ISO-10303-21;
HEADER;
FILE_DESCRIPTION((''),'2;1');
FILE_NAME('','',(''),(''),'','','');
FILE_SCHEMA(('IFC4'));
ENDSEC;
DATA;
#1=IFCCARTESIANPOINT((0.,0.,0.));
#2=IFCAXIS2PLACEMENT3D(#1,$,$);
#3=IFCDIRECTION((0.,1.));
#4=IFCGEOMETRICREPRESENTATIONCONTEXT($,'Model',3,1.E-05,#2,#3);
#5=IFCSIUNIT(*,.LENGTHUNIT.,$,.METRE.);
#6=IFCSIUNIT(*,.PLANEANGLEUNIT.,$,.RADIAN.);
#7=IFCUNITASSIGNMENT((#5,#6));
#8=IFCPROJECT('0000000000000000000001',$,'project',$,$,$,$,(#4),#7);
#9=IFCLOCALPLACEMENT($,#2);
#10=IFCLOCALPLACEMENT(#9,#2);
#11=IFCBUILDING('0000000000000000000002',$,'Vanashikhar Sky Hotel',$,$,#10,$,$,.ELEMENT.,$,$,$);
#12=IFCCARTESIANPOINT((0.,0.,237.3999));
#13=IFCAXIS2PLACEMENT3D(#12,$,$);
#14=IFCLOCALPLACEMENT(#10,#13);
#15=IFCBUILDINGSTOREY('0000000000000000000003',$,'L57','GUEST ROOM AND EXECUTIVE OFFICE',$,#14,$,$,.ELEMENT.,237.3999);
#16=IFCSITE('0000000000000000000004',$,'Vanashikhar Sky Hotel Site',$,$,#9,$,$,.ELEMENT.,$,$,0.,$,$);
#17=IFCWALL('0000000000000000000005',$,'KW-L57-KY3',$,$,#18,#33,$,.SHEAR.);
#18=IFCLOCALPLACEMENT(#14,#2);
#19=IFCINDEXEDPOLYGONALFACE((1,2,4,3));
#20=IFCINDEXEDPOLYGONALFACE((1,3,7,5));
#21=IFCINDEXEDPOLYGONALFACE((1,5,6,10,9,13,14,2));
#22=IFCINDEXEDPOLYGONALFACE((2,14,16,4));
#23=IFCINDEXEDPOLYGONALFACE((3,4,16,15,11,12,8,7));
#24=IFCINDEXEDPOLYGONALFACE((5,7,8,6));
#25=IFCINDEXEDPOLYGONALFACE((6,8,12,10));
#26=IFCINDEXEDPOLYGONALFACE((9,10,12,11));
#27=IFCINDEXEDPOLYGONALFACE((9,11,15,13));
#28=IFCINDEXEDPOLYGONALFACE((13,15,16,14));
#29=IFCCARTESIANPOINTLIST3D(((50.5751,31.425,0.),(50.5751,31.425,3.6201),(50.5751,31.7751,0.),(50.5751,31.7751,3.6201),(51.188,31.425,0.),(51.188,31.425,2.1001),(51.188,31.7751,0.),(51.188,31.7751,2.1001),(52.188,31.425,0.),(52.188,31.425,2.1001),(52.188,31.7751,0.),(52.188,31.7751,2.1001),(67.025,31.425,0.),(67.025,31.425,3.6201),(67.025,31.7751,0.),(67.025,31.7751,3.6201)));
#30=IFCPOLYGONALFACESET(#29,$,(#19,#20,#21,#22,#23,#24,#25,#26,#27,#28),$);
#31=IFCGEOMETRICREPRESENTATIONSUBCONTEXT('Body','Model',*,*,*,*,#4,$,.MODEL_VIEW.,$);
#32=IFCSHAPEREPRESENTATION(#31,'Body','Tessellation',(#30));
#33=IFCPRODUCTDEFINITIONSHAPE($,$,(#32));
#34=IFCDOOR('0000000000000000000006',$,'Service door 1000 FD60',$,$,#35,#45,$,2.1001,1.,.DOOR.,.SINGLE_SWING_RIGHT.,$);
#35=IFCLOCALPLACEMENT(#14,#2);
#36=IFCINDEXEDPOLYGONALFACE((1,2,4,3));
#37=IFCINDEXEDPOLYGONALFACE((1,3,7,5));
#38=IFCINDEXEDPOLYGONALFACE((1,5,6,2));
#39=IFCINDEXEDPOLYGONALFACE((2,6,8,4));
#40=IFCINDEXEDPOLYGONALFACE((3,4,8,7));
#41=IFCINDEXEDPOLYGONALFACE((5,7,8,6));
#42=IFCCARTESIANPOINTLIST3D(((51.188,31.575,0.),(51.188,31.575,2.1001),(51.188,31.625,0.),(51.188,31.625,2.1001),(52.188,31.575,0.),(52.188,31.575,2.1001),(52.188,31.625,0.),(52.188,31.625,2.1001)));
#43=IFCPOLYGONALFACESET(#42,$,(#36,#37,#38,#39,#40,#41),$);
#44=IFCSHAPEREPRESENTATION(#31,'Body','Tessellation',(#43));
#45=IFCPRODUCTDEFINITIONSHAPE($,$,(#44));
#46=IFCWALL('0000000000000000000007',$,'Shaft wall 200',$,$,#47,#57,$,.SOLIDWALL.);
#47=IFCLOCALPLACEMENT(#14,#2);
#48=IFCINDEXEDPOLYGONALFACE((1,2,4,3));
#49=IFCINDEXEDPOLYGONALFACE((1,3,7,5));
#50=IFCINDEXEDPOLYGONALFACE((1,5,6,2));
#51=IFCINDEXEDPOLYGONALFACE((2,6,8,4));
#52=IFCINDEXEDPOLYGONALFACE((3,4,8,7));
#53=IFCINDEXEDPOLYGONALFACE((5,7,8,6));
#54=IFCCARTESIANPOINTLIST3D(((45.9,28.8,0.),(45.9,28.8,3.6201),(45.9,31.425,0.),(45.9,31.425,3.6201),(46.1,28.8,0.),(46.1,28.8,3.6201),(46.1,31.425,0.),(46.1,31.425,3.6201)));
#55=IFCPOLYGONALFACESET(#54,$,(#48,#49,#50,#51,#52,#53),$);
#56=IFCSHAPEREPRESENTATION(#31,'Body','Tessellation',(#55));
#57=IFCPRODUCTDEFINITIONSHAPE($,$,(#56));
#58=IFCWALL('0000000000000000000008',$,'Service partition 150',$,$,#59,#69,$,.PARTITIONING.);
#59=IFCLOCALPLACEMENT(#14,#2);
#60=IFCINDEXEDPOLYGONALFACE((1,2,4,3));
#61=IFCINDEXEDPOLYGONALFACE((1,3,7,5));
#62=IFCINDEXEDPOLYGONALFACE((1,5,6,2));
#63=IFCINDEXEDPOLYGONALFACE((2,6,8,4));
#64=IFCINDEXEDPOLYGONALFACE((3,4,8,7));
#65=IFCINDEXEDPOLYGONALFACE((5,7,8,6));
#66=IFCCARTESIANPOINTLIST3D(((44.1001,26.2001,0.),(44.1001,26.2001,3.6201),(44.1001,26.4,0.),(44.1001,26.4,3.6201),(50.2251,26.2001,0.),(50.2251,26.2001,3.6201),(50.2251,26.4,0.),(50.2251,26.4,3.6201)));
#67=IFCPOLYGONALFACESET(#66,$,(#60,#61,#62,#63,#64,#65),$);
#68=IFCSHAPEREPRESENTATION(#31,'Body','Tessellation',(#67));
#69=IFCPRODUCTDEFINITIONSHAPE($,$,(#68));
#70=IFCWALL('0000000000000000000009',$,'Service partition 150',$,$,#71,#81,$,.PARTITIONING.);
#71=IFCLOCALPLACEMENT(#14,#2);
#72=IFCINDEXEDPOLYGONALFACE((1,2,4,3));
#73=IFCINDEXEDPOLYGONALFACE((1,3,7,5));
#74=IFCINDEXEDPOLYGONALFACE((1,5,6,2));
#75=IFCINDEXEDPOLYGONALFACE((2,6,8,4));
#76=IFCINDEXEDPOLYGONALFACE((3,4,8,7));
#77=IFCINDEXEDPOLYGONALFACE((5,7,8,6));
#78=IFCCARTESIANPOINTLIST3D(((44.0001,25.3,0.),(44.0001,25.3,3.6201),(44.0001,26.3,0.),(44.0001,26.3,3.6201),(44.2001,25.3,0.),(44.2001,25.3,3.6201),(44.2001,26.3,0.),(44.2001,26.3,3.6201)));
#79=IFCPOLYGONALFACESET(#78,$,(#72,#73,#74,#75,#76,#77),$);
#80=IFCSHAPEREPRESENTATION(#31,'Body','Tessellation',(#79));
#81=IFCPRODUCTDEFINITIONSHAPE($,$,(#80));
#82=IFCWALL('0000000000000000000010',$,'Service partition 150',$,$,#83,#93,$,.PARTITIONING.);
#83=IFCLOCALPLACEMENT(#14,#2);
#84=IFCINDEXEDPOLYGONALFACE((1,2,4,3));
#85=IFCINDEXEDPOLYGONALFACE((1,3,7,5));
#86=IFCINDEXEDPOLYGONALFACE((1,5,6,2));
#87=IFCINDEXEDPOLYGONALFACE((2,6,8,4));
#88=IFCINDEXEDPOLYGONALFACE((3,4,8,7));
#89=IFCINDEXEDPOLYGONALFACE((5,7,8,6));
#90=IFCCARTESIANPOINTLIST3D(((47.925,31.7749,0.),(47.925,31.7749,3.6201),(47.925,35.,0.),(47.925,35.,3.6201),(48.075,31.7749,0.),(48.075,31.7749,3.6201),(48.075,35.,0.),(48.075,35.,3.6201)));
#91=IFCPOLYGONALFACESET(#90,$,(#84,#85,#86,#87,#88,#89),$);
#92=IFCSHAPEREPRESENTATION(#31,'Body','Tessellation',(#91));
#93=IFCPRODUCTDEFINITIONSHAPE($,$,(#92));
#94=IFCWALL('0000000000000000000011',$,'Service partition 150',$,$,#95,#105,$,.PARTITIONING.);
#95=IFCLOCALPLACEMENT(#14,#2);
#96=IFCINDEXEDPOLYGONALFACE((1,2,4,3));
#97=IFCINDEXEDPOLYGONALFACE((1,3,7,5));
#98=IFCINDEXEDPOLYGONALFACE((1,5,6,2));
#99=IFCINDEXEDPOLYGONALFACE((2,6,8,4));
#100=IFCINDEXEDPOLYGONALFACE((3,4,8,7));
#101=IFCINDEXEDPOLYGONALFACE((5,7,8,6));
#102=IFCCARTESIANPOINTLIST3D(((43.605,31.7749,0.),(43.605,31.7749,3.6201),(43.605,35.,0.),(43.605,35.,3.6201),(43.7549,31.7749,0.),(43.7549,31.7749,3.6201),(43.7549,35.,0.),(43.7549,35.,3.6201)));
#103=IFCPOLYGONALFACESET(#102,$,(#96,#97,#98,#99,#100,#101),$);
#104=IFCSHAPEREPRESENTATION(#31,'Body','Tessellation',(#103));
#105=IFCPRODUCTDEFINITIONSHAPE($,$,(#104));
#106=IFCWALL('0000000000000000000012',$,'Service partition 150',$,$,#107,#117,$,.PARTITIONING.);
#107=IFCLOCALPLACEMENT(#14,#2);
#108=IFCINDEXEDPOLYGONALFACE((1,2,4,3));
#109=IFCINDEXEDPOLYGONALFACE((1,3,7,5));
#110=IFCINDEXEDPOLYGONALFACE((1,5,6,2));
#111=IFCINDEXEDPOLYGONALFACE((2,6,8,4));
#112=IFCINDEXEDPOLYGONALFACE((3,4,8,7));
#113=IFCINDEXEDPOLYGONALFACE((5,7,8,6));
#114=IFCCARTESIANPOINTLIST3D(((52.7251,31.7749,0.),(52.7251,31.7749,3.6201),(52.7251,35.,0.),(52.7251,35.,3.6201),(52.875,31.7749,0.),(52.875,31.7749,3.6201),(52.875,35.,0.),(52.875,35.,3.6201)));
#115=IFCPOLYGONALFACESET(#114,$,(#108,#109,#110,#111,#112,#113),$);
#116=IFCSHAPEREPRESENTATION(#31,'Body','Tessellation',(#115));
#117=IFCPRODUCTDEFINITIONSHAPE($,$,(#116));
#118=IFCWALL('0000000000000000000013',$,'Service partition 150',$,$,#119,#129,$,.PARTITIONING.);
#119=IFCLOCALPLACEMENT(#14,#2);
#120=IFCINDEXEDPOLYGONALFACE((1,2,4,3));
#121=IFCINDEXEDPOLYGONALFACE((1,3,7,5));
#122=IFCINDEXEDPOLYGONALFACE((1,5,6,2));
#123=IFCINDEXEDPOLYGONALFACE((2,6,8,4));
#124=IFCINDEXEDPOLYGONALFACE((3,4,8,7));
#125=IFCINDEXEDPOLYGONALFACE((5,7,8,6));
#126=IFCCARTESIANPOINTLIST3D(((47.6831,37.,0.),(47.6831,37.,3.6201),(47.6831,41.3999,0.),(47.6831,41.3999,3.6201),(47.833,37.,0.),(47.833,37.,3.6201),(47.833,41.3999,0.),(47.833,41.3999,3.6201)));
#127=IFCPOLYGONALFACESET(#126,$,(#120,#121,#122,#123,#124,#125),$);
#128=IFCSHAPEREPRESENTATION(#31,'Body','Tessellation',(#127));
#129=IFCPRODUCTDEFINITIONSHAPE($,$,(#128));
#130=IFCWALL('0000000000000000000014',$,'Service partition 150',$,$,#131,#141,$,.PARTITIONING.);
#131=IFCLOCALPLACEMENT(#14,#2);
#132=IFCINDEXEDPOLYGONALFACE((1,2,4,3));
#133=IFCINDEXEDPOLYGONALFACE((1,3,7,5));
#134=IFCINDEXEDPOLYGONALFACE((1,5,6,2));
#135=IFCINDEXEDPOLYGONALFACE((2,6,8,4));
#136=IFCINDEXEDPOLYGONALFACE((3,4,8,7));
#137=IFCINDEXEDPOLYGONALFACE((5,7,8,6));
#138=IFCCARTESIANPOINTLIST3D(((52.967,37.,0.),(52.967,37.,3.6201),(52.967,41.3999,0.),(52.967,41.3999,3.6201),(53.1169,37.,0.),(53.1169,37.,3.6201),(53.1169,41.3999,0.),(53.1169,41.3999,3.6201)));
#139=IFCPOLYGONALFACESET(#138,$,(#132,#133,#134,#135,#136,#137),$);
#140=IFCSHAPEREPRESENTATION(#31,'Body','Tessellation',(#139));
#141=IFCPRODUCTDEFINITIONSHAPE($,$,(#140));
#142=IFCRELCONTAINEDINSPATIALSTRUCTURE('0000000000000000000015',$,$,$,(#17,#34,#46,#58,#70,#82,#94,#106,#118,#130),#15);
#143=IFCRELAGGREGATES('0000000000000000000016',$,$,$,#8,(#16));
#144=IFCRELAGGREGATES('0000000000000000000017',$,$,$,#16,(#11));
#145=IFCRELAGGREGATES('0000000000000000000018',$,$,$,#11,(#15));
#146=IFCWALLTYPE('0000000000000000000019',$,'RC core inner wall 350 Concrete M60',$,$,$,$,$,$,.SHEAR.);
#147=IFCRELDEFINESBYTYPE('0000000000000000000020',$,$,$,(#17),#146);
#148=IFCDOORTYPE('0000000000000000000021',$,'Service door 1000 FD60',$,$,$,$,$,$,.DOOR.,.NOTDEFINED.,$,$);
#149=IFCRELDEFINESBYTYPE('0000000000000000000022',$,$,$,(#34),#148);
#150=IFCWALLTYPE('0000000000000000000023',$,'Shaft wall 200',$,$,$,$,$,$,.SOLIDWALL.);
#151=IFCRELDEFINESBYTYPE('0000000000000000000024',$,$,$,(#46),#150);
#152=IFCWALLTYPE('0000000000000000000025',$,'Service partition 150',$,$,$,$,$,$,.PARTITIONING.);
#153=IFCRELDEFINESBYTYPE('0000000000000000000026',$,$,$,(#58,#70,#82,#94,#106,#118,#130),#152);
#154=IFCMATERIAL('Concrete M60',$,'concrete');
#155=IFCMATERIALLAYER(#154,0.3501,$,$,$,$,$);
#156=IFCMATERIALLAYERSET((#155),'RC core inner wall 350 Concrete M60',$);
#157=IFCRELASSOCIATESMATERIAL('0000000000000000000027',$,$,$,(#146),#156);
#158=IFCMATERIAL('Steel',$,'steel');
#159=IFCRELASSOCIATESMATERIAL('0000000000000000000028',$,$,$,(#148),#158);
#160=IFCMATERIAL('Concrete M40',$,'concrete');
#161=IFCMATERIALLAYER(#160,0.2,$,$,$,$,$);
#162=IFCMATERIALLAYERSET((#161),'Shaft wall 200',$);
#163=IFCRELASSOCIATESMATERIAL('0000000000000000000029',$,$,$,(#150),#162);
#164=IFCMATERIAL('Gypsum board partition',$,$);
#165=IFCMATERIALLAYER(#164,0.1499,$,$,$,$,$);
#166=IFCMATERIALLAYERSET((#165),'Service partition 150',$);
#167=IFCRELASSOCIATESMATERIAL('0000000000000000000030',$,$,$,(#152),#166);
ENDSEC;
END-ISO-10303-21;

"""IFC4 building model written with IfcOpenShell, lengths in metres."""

from ifc_helpers import new_model, si_unit, direction, frame, frame_2d, origin, place, context, subcontext, project, spatial, rectangle, extrude, source, transform, mapped, material, layer, layer_set, type_object, element, fill, save


model = new_model("IFC4")

# Units and contexts
model_context = context("Model", 3, precision=1e-05, world=origin(), true_north=direction((0.0, 1.0)))
body_context = subcontext(model_context, "Body", "Model", "MODEL_VIEW")
ifc_project = project(units=[si_unit("LENGTHUNIT", "METRE"), si_unit("PLANEANGLEUNIT", "RADIAN")], contexts=[model_context])

# Site, building, storey
site_placement = place(None, origin())
site = spatial("IfcSite", under=ifc_project, at=site_placement, Name="Vanashikhar Sky Hotel Site", CompositionType="ELEMENT", RefElevation=0.0)
building_placement = place(site_placement, origin())
building = spatial("IfcBuilding", under=site, at=building_placement, Name="Vanashikhar Sky Hotel", CompositionType="ELEMENT")
storey_placement = place(building_placement, frame((0.0, 0.0, 237.3999)))
storey = spatial("IfcBuildingStorey", under=building, at=storey_placement, Name="L57", Description="GUEST ROOM AND EXECUTIVE OFFICE", CompositionType="ELEMENT", Elevation=237.3999)

# Wall, opening, door
ifc_material_1 = material(Name="Concrete M60", Category="concrete")
ifc_layer_1 = layer(ifc_material_1, 0.3501)
ifc_layer_set_1 = layer_set([ifc_layer_1], Name="RC core inner wall 350 Concrete M60")
wall_type_1 = type_object("IfcWallType", Name="RC core inner wall 350 Concrete M60", PredefinedType="SHEAR", material=ifc_layer_set_1)
shared_shape_1 = source(origin(), body_context, "Body", "SweptSolid", [
    extrude(rectangle(XDim=16.45, YDim=0.3501, at=frame_2d((8.2251, 0.0))), origin(), (0.0, 0.0, 1.0), 3.6201),
])
wall_1_placement = place(storey_placement, frame((50.575, 31.6001, 0.0), z_axis=(0.0, 0.0, 1.0), x_axis=(1.0, 0.0, 0.0)))
wall_1 = element("IfcWall", 1, at=wall_1_placement, inside=storey, type_object=wall_type_1, Name="KW-L57-KY3", PredefinedType="SHEAR", context=body_context, shape_type="MappedRepresentation", body=[
    mapped(shared_shape_1, transform((0.0, 0.0, 0.0), scale=1.0)),
])
shared_shape_2 = source(origin(), body_context, "Body", "SweptSolid", [
    extrude(rectangle(XDim=1.0, YDim=2.1001, at=frame_2d((0.5, 1.05))), frame((0.0, 0.1851, 0.0), z_axis=(0.0, -1.0, 0.0), x_axis=(1.0, 0.0, 0.0)), (0.0, 0.0, 1.0), 0.3701),
])
opening_placement = place(wall_1_placement, frame((0.613, 0.0, 0.0)))
opening = element("IfcOpeningElement", 2, at=opening_placement, cuts=wall_1, PredefinedType="OPENING", context=body_context, shape_type="MappedRepresentation", body=[
    mapped(shared_shape_2, transform((0.0, 0.0, 0.0), scale=1.0)),
])
ifc_material_2 = material(Name="Steel", Category="steel")
door_type = type_object("IfcDoorType", Name="Service door 1000 FD60", OperationType="NOTDEFINED", PredefinedType="DOOR", material=ifc_material_2)
shared_shape_3 = source(origin(), body_context, "Body", "SweptSolid", [
    extrude(rectangle(XDim=1.0, YDim=2.1001, at=frame_2d((0.5, 1.05))), frame((0.0, 0.0249, 0.0), z_axis=(0.0, -1.0, 0.0), x_axis=(1.0, 0.0, 0.0)), (0.0, 0.0, 1.0), 0.05),
])
door_placement = place(opening_placement, origin())
door = element("IfcDoor", 3, at=door_placement, inside=storey, type_object=door_type, Name="Service door 1000 FD60", OperationType="SINGLE_SWING_RIGHT", OverallHeight=2.1001, OverallWidth=1.0, PredefinedType="DOOR", context=body_context, shape_type="MappedRepresentation", body=[
    mapped(shared_shape_3, transform((0.0, 0.0, 0.0), scale=1.0)),
])
fill(opening, door)

# Walls
ifc_material_3 = material(Name="Concrete M40", Category="concrete")
ifc_layer_2 = layer(ifc_material_3, 0.2)
ifc_layer_set_2 = layer_set([ifc_layer_2], Name="Shaft wall 200")
wall_type_2 = type_object("IfcWallType", Name="Shaft wall 200", PredefinedType="SOLIDWALL", material=ifc_layer_set_2)
shared_shape_4 = source(origin(), body_context, "Body", "SweptSolid", [
    extrude(rectangle(XDim=2.625, YDim=0.2, at=frame_2d((1.3125, 0.0))), origin(), (0.0, 0.0, 1.0), 3.6201),
])
wall_2_placement = place(storey_placement, frame((46.0, 28.8, 0.0), z_axis=(0.0, 0.0, 1.0), x_axis=(0.0, 1.0, 0.0)))
element("IfcWall", 4, at=wall_2_placement, inside=storey, type_object=wall_type_2, Name="Shaft wall 200", PredefinedType="SOLIDWALL", context=body_context, shape_type="MappedRepresentation", body=[
    mapped(shared_shape_4, transform((0.0, 0.0, 0.0), scale=1.0)),
])
ifc_material_4 = material(Name="Gypsum board partition")
ifc_layer_3 = layer(ifc_material_4, 0.1499)
ifc_layer_set_3 = layer_set([ifc_layer_3], Name="Service partition 150")
wall_type_3 = type_object("IfcWallType", Name="Service partition 150", PredefinedType="PARTITIONING", material=ifc_layer_set_3)
shared_shape_5 = source(origin(), body_context, "Body", "SweptSolid", [
    extrude(rectangle(XDim=6.125, YDim=0.2, at=frame_2d((3.0625, 0.0))), origin(), (0.0, 0.0, 1.0), 3.6201),
])
wall_3_placement = place(storey_placement, frame((44.1001, 26.3, 0.0), z_axis=(0.0, 0.0, 1.0), x_axis=(1.0, 0.0, 0.0)))
element("IfcWall", 5, at=wall_3_placement, inside=storey, type_object=wall_type_3, Name="Service partition 150", PredefinedType="PARTITIONING", context=body_context, shape_type="MappedRepresentation", body=[
    mapped(shared_shape_5, transform((0.0, 0.0, 0.0), scale=1.0)),
])
shared_shape_6 = source(origin(), body_context, "Body", "SweptSolid", [
    extrude(rectangle(XDim=1.0, YDim=0.2, at=frame_2d((0.5, 0.0))), origin(), (0.0, 0.0, 1.0), 3.6201),
])
wall_4_placement = place(storey_placement, frame((44.1001, 25.3, 0.0), z_axis=(0.0, 0.0, 1.0), x_axis=(0.0, 1.0, 0.0)))
element("IfcWall", 6, at=wall_4_placement, inside=storey, type_object=wall_type_3, Name="Service partition 150", PredefinedType="PARTITIONING", context=body_context, shape_type="MappedRepresentation", body=[
    mapped(shared_shape_6, transform((0.0, 0.0, 0.0), scale=1.0)),
])
shared_shape_7 = source(origin(), body_context, "Body", "SweptSolid", [
    extrude(rectangle(XDim=3.2251, YDim=0.1499, at=frame_2d((1.6125, 0.0))), origin(), (0.0, 0.0, 1.0), 3.6201),
])
for number, where, z_axis, x_axis, name in (
    (7, (48.0, 31.7749, 0.0), (0.0, 0.0, 1.0), (0.0, 1.0, 0.0), "Service partition 150"),
    (8, (43.6799, 31.7749, 0.0), (0.0, 0.0, 1.0), (0.0, 1.0, 0.0), "Service partition 150"),
    (9, (52.8, 31.7749, 0.0), (0.0, 0.0, 1.0), (0.0, 1.0, 0.0), "Service partition 150"),
):
    element("IfcWall", number, at=place(storey_placement, frame(where, z_axis=z_axis, x_axis=x_axis)), inside=storey, type_object=wall_type_3, Name=name, PredefinedType="PARTITIONING", context=body_context, shape_type="MappedRepresentation", body=[
        mapped(shared_shape_7, transform((0.0, 0.0, 0.0), scale=1.0)),
    ])
shared_shape_8 = source(origin(), body_context, "Body", "SweptSolid", [
    extrude(rectangle(XDim=4.3999, YDim=0.1499, at=frame_2d((2.2, 0.0))), origin(), (0.0, 0.0, 1.0), 3.6201),
])
for number, where, z_axis, x_axis, name in (
    (10, (47.7581, 37.0, 0.0), (0.0, 0.0, 1.0), (0.0, 1.0, 0.0), "Service partition 150"),
    (11, (53.042, 37.0, 0.0), (0.0, 0.0, 1.0), (0.0, 1.0, 0.0), "Service partition 150"),
):
    element("IfcWall", number, at=place(storey_placement, frame(where, z_axis=z_axis, x_axis=x_axis)), inside=storey, type_object=wall_type_3, Name=name, PredefinedType="PARTITIONING", context=body_context, shape_type="MappedRepresentation", body=[
        mapped(shared_shape_8, transform((0.0, 0.0, 0.0), scale=1.0)),
    ])

save(model, "model.ifc")
